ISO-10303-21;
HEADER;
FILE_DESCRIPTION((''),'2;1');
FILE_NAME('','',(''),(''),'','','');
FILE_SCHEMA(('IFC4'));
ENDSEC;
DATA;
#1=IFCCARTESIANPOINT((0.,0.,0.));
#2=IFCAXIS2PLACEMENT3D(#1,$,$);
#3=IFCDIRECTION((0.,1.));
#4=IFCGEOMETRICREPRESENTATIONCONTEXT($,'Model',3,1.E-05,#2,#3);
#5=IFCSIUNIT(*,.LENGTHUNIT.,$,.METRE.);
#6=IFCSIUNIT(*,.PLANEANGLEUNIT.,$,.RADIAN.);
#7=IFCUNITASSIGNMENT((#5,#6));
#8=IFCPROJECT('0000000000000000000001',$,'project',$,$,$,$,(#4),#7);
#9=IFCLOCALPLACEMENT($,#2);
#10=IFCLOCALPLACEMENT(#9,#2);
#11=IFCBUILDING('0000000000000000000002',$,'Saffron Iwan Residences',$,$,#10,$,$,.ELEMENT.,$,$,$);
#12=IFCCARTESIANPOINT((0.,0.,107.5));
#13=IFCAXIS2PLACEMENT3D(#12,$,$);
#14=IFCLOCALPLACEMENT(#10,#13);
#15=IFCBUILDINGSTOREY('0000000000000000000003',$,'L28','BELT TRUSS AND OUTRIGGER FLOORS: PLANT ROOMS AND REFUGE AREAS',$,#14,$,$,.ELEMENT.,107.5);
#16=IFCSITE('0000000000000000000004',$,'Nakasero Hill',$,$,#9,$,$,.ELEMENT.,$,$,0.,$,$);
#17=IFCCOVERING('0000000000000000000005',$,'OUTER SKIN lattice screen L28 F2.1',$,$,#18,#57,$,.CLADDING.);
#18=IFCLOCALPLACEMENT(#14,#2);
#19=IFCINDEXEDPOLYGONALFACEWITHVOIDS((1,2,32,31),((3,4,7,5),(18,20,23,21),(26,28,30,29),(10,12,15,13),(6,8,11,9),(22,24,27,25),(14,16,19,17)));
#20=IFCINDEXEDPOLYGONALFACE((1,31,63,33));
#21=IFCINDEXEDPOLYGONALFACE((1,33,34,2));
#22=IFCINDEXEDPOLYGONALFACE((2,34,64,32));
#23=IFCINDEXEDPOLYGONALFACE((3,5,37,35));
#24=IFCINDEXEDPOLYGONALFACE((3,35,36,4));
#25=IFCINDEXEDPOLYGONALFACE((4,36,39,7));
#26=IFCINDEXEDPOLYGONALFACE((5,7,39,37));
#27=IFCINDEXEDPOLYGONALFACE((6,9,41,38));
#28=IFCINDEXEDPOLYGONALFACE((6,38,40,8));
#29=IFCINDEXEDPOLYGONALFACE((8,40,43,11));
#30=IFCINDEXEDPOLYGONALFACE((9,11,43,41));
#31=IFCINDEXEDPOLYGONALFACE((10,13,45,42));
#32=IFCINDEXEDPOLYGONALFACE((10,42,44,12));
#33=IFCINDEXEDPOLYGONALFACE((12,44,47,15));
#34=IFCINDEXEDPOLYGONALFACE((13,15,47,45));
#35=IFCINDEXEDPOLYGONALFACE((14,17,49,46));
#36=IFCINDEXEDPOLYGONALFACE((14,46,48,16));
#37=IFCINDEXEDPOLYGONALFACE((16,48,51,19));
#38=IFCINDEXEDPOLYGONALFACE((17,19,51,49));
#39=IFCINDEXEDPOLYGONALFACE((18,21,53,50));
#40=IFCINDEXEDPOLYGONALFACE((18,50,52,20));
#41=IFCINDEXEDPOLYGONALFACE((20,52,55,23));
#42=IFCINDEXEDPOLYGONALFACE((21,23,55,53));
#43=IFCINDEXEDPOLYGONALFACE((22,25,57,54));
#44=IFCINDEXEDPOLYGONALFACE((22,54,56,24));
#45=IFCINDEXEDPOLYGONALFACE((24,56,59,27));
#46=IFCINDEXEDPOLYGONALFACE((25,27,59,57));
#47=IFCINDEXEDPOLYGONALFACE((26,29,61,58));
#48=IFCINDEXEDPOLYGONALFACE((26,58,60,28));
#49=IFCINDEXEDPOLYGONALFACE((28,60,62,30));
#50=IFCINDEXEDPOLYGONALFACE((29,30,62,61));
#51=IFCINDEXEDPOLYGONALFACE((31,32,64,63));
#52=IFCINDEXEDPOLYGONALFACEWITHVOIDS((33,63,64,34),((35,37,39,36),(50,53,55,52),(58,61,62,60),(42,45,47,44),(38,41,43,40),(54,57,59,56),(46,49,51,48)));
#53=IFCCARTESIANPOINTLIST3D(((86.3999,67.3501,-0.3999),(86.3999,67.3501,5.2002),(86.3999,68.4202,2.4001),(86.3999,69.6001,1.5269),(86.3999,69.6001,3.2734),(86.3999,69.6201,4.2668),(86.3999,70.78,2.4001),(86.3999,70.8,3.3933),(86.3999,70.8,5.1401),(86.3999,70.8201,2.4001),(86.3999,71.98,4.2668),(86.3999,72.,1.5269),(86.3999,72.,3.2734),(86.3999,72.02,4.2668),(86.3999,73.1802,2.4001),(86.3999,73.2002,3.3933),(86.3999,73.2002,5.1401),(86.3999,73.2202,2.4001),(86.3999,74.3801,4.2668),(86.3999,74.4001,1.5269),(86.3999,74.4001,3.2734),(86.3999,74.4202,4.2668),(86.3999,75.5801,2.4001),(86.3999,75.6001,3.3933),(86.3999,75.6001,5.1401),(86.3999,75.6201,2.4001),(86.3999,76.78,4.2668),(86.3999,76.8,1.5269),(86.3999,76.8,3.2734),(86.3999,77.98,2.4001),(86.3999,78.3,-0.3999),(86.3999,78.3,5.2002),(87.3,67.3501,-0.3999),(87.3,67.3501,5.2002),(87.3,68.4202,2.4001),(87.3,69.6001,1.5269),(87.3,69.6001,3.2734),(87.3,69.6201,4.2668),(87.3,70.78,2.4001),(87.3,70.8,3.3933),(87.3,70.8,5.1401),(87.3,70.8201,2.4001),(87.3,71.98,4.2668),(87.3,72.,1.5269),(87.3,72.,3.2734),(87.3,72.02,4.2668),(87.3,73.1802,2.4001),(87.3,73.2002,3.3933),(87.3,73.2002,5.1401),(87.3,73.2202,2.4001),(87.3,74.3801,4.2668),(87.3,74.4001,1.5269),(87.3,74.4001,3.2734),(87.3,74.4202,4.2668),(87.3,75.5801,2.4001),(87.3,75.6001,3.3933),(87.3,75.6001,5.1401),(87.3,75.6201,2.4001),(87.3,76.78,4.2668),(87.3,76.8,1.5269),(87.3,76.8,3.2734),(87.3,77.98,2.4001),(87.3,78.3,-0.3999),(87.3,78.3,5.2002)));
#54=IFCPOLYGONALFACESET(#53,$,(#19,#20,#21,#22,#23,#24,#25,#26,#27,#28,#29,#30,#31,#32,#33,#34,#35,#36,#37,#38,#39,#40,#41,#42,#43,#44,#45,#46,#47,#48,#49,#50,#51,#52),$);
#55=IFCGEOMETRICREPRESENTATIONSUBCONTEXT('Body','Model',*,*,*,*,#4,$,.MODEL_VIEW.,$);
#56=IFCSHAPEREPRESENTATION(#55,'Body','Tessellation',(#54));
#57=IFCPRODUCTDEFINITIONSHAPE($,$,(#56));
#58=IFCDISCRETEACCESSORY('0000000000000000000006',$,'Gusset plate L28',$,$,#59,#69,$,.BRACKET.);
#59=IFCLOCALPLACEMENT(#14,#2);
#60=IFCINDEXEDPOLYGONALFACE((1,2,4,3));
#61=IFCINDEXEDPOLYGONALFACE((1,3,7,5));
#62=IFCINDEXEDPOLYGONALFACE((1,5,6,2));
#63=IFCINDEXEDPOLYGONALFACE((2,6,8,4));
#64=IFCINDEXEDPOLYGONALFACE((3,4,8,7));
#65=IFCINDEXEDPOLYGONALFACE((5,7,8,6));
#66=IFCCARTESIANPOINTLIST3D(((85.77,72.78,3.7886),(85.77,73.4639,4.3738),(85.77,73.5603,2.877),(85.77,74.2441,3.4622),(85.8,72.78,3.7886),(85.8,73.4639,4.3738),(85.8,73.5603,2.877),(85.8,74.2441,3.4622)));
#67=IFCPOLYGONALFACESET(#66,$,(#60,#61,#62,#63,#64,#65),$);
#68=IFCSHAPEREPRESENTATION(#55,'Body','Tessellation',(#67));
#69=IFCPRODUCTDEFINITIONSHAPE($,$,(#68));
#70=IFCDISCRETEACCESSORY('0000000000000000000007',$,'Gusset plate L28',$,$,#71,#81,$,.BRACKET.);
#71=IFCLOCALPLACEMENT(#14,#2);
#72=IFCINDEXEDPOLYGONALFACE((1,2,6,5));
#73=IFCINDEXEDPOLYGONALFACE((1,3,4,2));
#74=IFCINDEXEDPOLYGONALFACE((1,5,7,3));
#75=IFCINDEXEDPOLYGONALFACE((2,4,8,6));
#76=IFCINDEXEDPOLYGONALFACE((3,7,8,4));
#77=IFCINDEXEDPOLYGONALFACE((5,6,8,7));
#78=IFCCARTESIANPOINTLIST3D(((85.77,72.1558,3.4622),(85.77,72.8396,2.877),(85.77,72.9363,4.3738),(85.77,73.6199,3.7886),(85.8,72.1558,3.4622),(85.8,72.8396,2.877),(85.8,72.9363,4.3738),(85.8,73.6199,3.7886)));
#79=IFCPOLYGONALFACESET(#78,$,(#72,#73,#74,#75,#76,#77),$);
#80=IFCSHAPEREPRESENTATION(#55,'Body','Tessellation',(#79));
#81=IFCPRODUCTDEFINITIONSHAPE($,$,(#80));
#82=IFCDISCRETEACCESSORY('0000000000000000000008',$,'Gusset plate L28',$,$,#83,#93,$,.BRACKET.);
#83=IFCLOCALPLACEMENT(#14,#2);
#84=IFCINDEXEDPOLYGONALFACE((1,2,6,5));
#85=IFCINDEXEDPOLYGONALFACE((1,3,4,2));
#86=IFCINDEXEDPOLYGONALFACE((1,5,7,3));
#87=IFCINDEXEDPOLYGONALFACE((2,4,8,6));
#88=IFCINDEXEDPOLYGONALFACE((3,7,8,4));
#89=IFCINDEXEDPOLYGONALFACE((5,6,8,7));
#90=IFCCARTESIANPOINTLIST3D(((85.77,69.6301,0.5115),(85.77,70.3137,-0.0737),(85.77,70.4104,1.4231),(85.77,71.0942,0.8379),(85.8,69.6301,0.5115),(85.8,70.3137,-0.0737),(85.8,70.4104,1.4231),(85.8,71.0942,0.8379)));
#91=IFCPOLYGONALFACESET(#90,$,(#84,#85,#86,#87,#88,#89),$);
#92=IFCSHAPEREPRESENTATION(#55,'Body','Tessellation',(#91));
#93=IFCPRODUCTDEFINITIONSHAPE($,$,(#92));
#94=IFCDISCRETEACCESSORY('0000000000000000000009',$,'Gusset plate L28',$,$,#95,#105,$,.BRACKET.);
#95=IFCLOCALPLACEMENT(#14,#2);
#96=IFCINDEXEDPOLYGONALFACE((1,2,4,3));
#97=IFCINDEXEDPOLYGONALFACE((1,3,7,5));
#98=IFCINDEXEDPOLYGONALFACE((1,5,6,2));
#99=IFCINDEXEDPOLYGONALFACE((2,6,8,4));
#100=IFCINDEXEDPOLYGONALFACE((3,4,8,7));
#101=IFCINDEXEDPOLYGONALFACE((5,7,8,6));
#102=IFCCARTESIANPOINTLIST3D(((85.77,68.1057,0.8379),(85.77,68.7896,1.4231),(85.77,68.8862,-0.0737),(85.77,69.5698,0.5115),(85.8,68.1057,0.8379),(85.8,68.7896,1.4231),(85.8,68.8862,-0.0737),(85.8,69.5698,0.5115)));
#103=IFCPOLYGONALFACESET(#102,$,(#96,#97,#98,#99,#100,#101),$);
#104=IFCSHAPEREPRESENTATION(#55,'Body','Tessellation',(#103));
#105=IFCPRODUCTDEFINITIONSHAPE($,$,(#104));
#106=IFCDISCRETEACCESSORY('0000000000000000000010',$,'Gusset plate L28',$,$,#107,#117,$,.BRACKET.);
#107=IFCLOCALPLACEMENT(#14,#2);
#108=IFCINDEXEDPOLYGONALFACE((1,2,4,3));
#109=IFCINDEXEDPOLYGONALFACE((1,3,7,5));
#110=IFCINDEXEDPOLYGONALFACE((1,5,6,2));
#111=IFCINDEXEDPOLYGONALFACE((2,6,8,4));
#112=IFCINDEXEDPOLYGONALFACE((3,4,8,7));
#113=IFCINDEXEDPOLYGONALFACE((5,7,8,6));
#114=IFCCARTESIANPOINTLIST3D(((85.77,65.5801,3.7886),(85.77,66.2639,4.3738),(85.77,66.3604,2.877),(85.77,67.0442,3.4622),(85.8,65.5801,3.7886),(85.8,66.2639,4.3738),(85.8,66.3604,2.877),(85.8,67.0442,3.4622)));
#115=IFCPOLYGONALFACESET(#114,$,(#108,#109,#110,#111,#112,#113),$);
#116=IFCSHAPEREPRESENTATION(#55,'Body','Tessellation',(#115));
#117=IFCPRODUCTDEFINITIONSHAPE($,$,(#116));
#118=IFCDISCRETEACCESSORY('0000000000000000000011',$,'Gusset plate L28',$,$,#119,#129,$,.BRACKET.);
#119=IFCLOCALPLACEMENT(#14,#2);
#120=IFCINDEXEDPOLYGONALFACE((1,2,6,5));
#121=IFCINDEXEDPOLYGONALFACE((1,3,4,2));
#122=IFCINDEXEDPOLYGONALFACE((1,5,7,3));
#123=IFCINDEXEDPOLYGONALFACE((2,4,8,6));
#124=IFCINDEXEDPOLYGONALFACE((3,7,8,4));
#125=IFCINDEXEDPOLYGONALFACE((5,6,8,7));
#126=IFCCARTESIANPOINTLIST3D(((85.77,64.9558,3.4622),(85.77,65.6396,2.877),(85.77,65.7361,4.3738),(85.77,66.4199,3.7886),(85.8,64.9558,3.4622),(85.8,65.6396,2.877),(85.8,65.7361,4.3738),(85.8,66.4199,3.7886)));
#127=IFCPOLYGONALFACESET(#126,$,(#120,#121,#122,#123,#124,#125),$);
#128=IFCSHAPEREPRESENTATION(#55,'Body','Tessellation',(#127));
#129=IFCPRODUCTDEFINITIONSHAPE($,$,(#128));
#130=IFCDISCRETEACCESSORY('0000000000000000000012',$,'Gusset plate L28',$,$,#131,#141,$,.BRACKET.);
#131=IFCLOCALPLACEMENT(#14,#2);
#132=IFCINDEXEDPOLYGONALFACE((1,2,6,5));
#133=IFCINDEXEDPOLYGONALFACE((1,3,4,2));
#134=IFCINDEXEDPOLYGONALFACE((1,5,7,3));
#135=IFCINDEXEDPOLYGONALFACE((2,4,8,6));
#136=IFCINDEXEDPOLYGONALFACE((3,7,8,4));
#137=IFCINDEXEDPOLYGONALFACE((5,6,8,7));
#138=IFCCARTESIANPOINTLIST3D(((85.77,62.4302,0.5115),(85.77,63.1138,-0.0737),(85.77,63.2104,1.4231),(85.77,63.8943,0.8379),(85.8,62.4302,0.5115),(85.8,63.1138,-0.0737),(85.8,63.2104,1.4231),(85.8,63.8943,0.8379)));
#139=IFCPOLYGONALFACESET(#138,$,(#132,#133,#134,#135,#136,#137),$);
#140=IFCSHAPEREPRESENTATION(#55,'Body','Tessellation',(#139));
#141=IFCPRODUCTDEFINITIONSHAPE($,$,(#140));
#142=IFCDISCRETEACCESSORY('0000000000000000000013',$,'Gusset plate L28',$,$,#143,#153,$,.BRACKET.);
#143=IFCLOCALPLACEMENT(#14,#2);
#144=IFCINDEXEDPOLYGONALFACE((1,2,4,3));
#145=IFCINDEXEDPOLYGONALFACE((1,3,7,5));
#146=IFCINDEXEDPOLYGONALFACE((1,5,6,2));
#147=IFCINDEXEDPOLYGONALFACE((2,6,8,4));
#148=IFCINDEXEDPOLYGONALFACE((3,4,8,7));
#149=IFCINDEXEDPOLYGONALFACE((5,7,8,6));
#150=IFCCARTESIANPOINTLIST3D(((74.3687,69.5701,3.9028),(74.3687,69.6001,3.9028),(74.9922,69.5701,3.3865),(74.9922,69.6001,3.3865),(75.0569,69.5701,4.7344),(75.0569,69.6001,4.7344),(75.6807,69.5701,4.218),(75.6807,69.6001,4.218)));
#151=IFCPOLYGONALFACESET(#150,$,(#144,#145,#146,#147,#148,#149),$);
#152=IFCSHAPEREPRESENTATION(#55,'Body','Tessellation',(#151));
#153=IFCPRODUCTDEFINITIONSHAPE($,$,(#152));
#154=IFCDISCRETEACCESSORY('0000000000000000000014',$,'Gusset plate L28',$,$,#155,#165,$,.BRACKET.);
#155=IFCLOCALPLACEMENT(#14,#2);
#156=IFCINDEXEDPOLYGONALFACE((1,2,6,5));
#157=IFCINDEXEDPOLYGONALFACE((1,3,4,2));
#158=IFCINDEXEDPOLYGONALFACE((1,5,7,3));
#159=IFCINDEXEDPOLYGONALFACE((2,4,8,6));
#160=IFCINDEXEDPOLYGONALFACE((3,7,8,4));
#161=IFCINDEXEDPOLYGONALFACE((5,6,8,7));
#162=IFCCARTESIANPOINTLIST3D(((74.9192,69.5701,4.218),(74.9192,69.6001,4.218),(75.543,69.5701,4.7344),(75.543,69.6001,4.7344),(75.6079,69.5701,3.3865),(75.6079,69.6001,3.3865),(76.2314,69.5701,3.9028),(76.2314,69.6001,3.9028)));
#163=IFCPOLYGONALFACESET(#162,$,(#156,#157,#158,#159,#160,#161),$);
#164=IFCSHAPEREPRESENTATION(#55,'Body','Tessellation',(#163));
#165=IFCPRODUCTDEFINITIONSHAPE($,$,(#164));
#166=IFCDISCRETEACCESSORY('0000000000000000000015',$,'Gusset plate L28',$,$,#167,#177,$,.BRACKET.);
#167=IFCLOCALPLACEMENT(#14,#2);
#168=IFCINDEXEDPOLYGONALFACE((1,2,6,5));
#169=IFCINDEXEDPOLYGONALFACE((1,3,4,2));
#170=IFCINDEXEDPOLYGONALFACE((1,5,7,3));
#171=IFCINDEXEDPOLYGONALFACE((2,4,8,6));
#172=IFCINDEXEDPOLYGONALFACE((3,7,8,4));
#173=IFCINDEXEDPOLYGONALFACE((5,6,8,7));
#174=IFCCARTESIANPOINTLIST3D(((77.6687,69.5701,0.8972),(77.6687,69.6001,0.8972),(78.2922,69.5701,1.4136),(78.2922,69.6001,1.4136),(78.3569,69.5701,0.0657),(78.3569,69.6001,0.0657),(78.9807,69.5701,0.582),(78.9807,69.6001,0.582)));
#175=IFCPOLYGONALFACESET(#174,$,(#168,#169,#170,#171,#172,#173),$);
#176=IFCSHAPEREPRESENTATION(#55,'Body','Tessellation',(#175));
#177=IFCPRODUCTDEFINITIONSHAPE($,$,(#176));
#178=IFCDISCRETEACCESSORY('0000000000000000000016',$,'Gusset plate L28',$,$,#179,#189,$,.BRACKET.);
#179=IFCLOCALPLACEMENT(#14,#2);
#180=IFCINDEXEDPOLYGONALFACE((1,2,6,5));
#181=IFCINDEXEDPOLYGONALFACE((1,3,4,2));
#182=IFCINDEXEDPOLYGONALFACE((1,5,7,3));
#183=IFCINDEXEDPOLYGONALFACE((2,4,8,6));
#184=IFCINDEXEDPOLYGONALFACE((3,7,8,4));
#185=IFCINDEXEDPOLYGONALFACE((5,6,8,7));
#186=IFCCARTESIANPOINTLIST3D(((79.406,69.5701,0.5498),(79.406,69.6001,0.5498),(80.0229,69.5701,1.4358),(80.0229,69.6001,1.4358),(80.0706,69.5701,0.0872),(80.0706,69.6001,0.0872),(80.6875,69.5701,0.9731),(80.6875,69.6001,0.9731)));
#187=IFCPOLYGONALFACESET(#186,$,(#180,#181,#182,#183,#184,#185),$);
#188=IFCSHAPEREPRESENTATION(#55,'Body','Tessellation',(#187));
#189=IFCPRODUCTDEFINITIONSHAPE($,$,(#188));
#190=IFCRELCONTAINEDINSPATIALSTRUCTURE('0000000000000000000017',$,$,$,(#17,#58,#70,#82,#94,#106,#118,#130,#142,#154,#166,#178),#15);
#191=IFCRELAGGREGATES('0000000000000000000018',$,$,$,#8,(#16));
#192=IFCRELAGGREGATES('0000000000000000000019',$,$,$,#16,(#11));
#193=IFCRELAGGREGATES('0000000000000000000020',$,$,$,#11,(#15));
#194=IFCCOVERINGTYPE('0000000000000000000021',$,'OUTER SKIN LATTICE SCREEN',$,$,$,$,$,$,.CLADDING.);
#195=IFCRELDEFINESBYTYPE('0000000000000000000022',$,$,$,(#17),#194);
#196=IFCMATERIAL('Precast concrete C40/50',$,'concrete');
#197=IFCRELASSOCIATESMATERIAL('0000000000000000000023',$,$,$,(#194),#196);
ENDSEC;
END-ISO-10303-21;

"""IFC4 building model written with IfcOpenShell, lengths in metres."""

from ifc_helpers import new_model, si_unit, direction, frame, origin, place, context, subcontext, project, spatial, polyline, outline, extrude, material, type_object, element, save


model = new_model("IFC4")

# Units and contexts
model_context = context("Model", 3, precision=1e-05, world=origin(), true_north=direction((0.0, 1.0)))
body_context = subcontext(model_context, "Body", "Model", "MODEL_VIEW")
ifc_project = project(units=[si_unit("LENGTHUNIT", "METRE"), si_unit("PLANEANGLEUNIT", "RADIAN")], contexts=[model_context])

# Site, building, storey
site_placement = place(None, origin())
site = spatial("IfcSite", under=ifc_project, at=site_placement, Name="Nakasero Hill", CompositionType="ELEMENT", RefElevation=0.0)
building_placement = place(site_placement, origin())
building = spatial("IfcBuilding", under=site, at=building_placement, Name="Saffron Iwan Residences", CompositionType="ELEMENT")
storey_placement = place(building_placement, frame((0.0, 0.0, 107.5)))
storey = spatial("IfcBuildingStorey", under=building, at=storey_placement, Name="L28", Description="BELT TRUSS AND OUTRIGGER FLOORS: PLANT ROOMS AND REFUGE AREAS", CompositionType="ELEMENT", Elevation=107.5)

# Covering
ifc_material_1 = material(Name="Precast concrete C40/50", Category="concrete")
covering_type = type_object("IfcCoveringType", Name="OUTER SKIN LATTICE SCREEN", PredefinedType="CLADDING", material=ifc_material_1)
covering_placement = place(storey_placement, frame((86.3999, 67.3501, -0.3999), z_axis=(1.0, 0.0, 0.0), x_axis=(0.0, 1.0, 0.0)))
element("IfcCovering", 1, at=covering_placement, inside=storey, type_object=covering_type, Name="OUTER SKIN lattice screen L28 F2.1", PredefinedType="CLADDING", context=body_context, shape_type="SweptSolid", body=[
    extrude(outline(polyline([(0.0, 0.0), (10.95, 0.0), (10.95, 5.6001), (0.0, 5.6001), (0.0, 0.0)]), holes=[polyline([(1.0701, 2.8), (2.25, 1.9268), (3.4299, 2.8), (2.25, 3.6733), (1.0701, 2.8)]), polyline([(3.47, 2.8), (4.6499, 1.9268), (5.8301, 2.8), (4.6499, 3.6733), (3.47, 2.8)]), polyline([(5.8701, 2.8), (7.05, 1.9268), (8.23, 2.8), (7.05, 3.6733), (5.8701, 2.8)]), polyline([(8.27, 2.8), (9.45, 1.9268), (10.6299, 2.8), (9.45, 3.6733), (8.27, 2.8)]), polyline([(2.27, 4.6667), (3.45, 3.7932), (4.6299, 4.6667), (3.45, 5.54), (2.27, 4.6667)]), polyline([(4.6699, 4.6667), (5.8501, 3.7932), (7.03, 4.6667), (5.8501, 5.54), (4.6699, 4.6667)]), polyline([(7.0701, 4.6667), (8.25, 3.7932), (9.4299, 4.6667), (8.25, 5.54), (7.0701, 4.6667)])]), origin(), (0.0, 0.0, 1.0), 0.9001),
])

# Discrete accessories
discrete_accessory_1_placement = place(storey_placement, frame((85.8, 72.78, 3.7886), z_axis=(1.0, 0.0, 0.0), x_axis=(0.0, 0.650255, -0.759716)))
element("IfcDiscreteAccessory", 2, at=discrete_accessory_1_placement, inside=storey, Name="Gusset plate L28", PredefinedType="BRACKET", context=body_context, shape_type="SweptSolid", body=[
    extrude(outline(polyline([(0.0, 0.0), (1.1999, 0.0), (1.2, 0.9001), (0.0001, 0.9001), (0.0, 0.0)])), origin(), (0.0, 0.0, -1.0), 0.03),
])
for number, where, z_axis, x_axis, name in (
    (3, (85.8, 72.9363, 4.3738), (1.0, 0.0, 0.0), (0.0, -0.650372, -0.759615), "Gusset plate L28"),
    (4, (85.8, 70.3137, -0.0737), (1.0, 0.0, 0.0), (0.0, 0.650372, 0.759615), "Gusset plate L28"),
):
    element("IfcDiscreteAccessory", number, at=place(storey_placement, frame(where, z_axis=z_axis, x_axis=x_axis)), inside=storey, Name=name, PredefinedType="BRACKET", context=body_context, shape_type="SweptSolid", body=[
        extrude(outline(polyline([(0.0, 0.0), (1.2001, 0.0), (1.1999, 0.9001), (-0.0001, 0.8999), (0.0, 0.0)])), origin(), (0.0, 0.0, -1.0), 0.03),
    ])
discrete_accessory_2_placement = place(storey_placement, frame((85.8, 69.5698, 0.5115), z_axis=(1.0, 0.0, 0.0), x_axis=(0.0, -0.650255, 0.759716)))
element("IfcDiscreteAccessory", 5, at=discrete_accessory_2_placement, inside=storey, Name="Gusset plate L28", PredefinedType="BRACKET", context=body_context, shape_type="SweptSolid", body=[
    extrude(outline(polyline([(0.0, 0.0), (1.1999, 0.0), (1.2, 0.9001), (-0.0001, 0.8999), (0.0, 0.0)])), origin(), (0.0, 0.0, -1.0), 0.03),
])
discrete_accessory_3_placement = place(storey_placement, frame((85.8, 65.5801, 3.7886), z_axis=(1.0, 0.0, 0.0), x_axis=(0.0, 0.650255, -0.759716)))
element("IfcDiscreteAccessory", 6, at=discrete_accessory_3_placement, inside=storey, Name="Gusset plate L28", PredefinedType="BRACKET", context=body_context, shape_type="SweptSolid", body=[
    extrude(outline(polyline([(0.0, 0.0), (1.1999, 0.0), (1.2, 0.9001), (0.0001, 0.9001), (0.0, 0.0)])), origin(), (0.0, 0.0, -1.0), 0.03),
])
discrete_accessory_4_placement = place(storey_placement, frame((85.8, 65.7361, 4.3738), z_axis=(1.0, 0.0, 0.0), x_axis=(0.0, -0.650255, -0.759716)))
element("IfcDiscreteAccessory", 7, at=discrete_accessory_4_placement, inside=storey, Name="Gusset plate L28", PredefinedType="BRACKET", context=body_context, shape_type="SweptSolid", body=[
    extrude(outline(polyline([(0.0, 0.0), (1.1999, 0.0), (1.1999, 0.9001), (-0.0001, 0.9001), (0.0, 0.0)])), origin(), (0.0, 0.0, -1.0), 0.03),
])
discrete_accessory_5_placement = place(storey_placement, frame((85.8, 63.1138, -0.0737), z_axis=(1.0, 0.0, 0.0), x_axis=(0.0, 0.650372, 0.759615)))
element("IfcDiscreteAccessory", 8, at=discrete_accessory_5_placement, inside=storey, Name="Gusset plate L28", PredefinedType="BRACKET", context=body_context, shape_type="SweptSolid", body=[
    extrude(outline(polyline([(0.0, 0.0), (1.2001, 0.0), (1.1999, 0.9001), (-0.0001, 0.8999), (0.0, 0.0)])), origin(), (0.0, 0.0, -1.0), 0.03),
])
discrete_accessory_6_placement = place(storey_placement, frame((75.6807, 69.6001, 4.218), z_axis=(0.0, 1.0, 0.0), x_axis=(-0.637734, 0.0, -0.770256)))
element("IfcDiscreteAccessory", 9, at=discrete_accessory_6_placement, inside=storey, Name="Gusset plate L28", PredefinedType="BRACKET", context=body_context, shape_type="SweptSolid", body=[
    extrude(outline(polyline([(0.0, 0.0), (1.0796, 0.0), (1.0795, 0.8096), (0.0001, 0.8098), (0.0, 0.0)])), origin(), (0.0, 0.0, -1.0), 0.03),
])
discrete_accessory_7_placement = place(storey_placement, frame((75.543, 69.6001, 4.7344), z_axis=(0.0, 1.0, 0.0), x_axis=(0.637734, 0.0, -0.770256)))
element("IfcDiscreteAccessory", 10, at=discrete_accessory_7_placement, inside=storey, Name="Gusset plate L28", PredefinedType="BRACKET", context=body_context, shape_type="SweptSolid", body=[
    extrude(outline(polyline([(0.0, 0.0), (1.0796, 0.0), (1.0796, 0.8096), (-0.0001, 0.8098), (0.0, 0.0)])), origin(), (0.0, 0.0, -1.0), 0.03),
])
discrete_accessory_8_placement = place(storey_placement, frame((78.3569, 69.6001, 0.0657), z_axis=(0.0, 1.0, 0.0), x_axis=(-0.6376, 0.0, 0.770368)))
element("IfcDiscreteAccessory", 11, at=discrete_accessory_8_placement, inside=storey, Name="Gusset plate L28", PredefinedType="BRACKET", context=body_context, shape_type="SweptSolid", body=[
    extrude(outline(polyline([(0.0, 0.0), (1.0794, 0.0), (1.0796, 0.8096), (0.0001, 0.8098), (0.0, 0.0)])), origin(), (0.0, 0.0, -1.0), 0.03),
])
for number, where, z_axis, x_axis, name in (
    (12, (79.406, 69.6001, 0.5498), (0.0, 1.0, 0.0), (0.571442, 0.0, 0.820642), "Gusset plate L28"),
):
    element("IfcDiscreteAccessory", number, at=place(storey_placement, frame(where, z_axis=z_axis, x_axis=x_axis)), inside=storey, Name=name, PredefinedType="BRACKET", context=body_context, shape_type="SweptSolid", body=[
        extrude(outline(polyline([(0.0, 0.0), (1.0796, 0.0), (1.0797, 0.8097), (0.0001, 0.8097), (0.0, 0.0)])), origin(), (0.0, 0.0, -1.0), 0.03),
    ])

save(model, "model.ifc")
